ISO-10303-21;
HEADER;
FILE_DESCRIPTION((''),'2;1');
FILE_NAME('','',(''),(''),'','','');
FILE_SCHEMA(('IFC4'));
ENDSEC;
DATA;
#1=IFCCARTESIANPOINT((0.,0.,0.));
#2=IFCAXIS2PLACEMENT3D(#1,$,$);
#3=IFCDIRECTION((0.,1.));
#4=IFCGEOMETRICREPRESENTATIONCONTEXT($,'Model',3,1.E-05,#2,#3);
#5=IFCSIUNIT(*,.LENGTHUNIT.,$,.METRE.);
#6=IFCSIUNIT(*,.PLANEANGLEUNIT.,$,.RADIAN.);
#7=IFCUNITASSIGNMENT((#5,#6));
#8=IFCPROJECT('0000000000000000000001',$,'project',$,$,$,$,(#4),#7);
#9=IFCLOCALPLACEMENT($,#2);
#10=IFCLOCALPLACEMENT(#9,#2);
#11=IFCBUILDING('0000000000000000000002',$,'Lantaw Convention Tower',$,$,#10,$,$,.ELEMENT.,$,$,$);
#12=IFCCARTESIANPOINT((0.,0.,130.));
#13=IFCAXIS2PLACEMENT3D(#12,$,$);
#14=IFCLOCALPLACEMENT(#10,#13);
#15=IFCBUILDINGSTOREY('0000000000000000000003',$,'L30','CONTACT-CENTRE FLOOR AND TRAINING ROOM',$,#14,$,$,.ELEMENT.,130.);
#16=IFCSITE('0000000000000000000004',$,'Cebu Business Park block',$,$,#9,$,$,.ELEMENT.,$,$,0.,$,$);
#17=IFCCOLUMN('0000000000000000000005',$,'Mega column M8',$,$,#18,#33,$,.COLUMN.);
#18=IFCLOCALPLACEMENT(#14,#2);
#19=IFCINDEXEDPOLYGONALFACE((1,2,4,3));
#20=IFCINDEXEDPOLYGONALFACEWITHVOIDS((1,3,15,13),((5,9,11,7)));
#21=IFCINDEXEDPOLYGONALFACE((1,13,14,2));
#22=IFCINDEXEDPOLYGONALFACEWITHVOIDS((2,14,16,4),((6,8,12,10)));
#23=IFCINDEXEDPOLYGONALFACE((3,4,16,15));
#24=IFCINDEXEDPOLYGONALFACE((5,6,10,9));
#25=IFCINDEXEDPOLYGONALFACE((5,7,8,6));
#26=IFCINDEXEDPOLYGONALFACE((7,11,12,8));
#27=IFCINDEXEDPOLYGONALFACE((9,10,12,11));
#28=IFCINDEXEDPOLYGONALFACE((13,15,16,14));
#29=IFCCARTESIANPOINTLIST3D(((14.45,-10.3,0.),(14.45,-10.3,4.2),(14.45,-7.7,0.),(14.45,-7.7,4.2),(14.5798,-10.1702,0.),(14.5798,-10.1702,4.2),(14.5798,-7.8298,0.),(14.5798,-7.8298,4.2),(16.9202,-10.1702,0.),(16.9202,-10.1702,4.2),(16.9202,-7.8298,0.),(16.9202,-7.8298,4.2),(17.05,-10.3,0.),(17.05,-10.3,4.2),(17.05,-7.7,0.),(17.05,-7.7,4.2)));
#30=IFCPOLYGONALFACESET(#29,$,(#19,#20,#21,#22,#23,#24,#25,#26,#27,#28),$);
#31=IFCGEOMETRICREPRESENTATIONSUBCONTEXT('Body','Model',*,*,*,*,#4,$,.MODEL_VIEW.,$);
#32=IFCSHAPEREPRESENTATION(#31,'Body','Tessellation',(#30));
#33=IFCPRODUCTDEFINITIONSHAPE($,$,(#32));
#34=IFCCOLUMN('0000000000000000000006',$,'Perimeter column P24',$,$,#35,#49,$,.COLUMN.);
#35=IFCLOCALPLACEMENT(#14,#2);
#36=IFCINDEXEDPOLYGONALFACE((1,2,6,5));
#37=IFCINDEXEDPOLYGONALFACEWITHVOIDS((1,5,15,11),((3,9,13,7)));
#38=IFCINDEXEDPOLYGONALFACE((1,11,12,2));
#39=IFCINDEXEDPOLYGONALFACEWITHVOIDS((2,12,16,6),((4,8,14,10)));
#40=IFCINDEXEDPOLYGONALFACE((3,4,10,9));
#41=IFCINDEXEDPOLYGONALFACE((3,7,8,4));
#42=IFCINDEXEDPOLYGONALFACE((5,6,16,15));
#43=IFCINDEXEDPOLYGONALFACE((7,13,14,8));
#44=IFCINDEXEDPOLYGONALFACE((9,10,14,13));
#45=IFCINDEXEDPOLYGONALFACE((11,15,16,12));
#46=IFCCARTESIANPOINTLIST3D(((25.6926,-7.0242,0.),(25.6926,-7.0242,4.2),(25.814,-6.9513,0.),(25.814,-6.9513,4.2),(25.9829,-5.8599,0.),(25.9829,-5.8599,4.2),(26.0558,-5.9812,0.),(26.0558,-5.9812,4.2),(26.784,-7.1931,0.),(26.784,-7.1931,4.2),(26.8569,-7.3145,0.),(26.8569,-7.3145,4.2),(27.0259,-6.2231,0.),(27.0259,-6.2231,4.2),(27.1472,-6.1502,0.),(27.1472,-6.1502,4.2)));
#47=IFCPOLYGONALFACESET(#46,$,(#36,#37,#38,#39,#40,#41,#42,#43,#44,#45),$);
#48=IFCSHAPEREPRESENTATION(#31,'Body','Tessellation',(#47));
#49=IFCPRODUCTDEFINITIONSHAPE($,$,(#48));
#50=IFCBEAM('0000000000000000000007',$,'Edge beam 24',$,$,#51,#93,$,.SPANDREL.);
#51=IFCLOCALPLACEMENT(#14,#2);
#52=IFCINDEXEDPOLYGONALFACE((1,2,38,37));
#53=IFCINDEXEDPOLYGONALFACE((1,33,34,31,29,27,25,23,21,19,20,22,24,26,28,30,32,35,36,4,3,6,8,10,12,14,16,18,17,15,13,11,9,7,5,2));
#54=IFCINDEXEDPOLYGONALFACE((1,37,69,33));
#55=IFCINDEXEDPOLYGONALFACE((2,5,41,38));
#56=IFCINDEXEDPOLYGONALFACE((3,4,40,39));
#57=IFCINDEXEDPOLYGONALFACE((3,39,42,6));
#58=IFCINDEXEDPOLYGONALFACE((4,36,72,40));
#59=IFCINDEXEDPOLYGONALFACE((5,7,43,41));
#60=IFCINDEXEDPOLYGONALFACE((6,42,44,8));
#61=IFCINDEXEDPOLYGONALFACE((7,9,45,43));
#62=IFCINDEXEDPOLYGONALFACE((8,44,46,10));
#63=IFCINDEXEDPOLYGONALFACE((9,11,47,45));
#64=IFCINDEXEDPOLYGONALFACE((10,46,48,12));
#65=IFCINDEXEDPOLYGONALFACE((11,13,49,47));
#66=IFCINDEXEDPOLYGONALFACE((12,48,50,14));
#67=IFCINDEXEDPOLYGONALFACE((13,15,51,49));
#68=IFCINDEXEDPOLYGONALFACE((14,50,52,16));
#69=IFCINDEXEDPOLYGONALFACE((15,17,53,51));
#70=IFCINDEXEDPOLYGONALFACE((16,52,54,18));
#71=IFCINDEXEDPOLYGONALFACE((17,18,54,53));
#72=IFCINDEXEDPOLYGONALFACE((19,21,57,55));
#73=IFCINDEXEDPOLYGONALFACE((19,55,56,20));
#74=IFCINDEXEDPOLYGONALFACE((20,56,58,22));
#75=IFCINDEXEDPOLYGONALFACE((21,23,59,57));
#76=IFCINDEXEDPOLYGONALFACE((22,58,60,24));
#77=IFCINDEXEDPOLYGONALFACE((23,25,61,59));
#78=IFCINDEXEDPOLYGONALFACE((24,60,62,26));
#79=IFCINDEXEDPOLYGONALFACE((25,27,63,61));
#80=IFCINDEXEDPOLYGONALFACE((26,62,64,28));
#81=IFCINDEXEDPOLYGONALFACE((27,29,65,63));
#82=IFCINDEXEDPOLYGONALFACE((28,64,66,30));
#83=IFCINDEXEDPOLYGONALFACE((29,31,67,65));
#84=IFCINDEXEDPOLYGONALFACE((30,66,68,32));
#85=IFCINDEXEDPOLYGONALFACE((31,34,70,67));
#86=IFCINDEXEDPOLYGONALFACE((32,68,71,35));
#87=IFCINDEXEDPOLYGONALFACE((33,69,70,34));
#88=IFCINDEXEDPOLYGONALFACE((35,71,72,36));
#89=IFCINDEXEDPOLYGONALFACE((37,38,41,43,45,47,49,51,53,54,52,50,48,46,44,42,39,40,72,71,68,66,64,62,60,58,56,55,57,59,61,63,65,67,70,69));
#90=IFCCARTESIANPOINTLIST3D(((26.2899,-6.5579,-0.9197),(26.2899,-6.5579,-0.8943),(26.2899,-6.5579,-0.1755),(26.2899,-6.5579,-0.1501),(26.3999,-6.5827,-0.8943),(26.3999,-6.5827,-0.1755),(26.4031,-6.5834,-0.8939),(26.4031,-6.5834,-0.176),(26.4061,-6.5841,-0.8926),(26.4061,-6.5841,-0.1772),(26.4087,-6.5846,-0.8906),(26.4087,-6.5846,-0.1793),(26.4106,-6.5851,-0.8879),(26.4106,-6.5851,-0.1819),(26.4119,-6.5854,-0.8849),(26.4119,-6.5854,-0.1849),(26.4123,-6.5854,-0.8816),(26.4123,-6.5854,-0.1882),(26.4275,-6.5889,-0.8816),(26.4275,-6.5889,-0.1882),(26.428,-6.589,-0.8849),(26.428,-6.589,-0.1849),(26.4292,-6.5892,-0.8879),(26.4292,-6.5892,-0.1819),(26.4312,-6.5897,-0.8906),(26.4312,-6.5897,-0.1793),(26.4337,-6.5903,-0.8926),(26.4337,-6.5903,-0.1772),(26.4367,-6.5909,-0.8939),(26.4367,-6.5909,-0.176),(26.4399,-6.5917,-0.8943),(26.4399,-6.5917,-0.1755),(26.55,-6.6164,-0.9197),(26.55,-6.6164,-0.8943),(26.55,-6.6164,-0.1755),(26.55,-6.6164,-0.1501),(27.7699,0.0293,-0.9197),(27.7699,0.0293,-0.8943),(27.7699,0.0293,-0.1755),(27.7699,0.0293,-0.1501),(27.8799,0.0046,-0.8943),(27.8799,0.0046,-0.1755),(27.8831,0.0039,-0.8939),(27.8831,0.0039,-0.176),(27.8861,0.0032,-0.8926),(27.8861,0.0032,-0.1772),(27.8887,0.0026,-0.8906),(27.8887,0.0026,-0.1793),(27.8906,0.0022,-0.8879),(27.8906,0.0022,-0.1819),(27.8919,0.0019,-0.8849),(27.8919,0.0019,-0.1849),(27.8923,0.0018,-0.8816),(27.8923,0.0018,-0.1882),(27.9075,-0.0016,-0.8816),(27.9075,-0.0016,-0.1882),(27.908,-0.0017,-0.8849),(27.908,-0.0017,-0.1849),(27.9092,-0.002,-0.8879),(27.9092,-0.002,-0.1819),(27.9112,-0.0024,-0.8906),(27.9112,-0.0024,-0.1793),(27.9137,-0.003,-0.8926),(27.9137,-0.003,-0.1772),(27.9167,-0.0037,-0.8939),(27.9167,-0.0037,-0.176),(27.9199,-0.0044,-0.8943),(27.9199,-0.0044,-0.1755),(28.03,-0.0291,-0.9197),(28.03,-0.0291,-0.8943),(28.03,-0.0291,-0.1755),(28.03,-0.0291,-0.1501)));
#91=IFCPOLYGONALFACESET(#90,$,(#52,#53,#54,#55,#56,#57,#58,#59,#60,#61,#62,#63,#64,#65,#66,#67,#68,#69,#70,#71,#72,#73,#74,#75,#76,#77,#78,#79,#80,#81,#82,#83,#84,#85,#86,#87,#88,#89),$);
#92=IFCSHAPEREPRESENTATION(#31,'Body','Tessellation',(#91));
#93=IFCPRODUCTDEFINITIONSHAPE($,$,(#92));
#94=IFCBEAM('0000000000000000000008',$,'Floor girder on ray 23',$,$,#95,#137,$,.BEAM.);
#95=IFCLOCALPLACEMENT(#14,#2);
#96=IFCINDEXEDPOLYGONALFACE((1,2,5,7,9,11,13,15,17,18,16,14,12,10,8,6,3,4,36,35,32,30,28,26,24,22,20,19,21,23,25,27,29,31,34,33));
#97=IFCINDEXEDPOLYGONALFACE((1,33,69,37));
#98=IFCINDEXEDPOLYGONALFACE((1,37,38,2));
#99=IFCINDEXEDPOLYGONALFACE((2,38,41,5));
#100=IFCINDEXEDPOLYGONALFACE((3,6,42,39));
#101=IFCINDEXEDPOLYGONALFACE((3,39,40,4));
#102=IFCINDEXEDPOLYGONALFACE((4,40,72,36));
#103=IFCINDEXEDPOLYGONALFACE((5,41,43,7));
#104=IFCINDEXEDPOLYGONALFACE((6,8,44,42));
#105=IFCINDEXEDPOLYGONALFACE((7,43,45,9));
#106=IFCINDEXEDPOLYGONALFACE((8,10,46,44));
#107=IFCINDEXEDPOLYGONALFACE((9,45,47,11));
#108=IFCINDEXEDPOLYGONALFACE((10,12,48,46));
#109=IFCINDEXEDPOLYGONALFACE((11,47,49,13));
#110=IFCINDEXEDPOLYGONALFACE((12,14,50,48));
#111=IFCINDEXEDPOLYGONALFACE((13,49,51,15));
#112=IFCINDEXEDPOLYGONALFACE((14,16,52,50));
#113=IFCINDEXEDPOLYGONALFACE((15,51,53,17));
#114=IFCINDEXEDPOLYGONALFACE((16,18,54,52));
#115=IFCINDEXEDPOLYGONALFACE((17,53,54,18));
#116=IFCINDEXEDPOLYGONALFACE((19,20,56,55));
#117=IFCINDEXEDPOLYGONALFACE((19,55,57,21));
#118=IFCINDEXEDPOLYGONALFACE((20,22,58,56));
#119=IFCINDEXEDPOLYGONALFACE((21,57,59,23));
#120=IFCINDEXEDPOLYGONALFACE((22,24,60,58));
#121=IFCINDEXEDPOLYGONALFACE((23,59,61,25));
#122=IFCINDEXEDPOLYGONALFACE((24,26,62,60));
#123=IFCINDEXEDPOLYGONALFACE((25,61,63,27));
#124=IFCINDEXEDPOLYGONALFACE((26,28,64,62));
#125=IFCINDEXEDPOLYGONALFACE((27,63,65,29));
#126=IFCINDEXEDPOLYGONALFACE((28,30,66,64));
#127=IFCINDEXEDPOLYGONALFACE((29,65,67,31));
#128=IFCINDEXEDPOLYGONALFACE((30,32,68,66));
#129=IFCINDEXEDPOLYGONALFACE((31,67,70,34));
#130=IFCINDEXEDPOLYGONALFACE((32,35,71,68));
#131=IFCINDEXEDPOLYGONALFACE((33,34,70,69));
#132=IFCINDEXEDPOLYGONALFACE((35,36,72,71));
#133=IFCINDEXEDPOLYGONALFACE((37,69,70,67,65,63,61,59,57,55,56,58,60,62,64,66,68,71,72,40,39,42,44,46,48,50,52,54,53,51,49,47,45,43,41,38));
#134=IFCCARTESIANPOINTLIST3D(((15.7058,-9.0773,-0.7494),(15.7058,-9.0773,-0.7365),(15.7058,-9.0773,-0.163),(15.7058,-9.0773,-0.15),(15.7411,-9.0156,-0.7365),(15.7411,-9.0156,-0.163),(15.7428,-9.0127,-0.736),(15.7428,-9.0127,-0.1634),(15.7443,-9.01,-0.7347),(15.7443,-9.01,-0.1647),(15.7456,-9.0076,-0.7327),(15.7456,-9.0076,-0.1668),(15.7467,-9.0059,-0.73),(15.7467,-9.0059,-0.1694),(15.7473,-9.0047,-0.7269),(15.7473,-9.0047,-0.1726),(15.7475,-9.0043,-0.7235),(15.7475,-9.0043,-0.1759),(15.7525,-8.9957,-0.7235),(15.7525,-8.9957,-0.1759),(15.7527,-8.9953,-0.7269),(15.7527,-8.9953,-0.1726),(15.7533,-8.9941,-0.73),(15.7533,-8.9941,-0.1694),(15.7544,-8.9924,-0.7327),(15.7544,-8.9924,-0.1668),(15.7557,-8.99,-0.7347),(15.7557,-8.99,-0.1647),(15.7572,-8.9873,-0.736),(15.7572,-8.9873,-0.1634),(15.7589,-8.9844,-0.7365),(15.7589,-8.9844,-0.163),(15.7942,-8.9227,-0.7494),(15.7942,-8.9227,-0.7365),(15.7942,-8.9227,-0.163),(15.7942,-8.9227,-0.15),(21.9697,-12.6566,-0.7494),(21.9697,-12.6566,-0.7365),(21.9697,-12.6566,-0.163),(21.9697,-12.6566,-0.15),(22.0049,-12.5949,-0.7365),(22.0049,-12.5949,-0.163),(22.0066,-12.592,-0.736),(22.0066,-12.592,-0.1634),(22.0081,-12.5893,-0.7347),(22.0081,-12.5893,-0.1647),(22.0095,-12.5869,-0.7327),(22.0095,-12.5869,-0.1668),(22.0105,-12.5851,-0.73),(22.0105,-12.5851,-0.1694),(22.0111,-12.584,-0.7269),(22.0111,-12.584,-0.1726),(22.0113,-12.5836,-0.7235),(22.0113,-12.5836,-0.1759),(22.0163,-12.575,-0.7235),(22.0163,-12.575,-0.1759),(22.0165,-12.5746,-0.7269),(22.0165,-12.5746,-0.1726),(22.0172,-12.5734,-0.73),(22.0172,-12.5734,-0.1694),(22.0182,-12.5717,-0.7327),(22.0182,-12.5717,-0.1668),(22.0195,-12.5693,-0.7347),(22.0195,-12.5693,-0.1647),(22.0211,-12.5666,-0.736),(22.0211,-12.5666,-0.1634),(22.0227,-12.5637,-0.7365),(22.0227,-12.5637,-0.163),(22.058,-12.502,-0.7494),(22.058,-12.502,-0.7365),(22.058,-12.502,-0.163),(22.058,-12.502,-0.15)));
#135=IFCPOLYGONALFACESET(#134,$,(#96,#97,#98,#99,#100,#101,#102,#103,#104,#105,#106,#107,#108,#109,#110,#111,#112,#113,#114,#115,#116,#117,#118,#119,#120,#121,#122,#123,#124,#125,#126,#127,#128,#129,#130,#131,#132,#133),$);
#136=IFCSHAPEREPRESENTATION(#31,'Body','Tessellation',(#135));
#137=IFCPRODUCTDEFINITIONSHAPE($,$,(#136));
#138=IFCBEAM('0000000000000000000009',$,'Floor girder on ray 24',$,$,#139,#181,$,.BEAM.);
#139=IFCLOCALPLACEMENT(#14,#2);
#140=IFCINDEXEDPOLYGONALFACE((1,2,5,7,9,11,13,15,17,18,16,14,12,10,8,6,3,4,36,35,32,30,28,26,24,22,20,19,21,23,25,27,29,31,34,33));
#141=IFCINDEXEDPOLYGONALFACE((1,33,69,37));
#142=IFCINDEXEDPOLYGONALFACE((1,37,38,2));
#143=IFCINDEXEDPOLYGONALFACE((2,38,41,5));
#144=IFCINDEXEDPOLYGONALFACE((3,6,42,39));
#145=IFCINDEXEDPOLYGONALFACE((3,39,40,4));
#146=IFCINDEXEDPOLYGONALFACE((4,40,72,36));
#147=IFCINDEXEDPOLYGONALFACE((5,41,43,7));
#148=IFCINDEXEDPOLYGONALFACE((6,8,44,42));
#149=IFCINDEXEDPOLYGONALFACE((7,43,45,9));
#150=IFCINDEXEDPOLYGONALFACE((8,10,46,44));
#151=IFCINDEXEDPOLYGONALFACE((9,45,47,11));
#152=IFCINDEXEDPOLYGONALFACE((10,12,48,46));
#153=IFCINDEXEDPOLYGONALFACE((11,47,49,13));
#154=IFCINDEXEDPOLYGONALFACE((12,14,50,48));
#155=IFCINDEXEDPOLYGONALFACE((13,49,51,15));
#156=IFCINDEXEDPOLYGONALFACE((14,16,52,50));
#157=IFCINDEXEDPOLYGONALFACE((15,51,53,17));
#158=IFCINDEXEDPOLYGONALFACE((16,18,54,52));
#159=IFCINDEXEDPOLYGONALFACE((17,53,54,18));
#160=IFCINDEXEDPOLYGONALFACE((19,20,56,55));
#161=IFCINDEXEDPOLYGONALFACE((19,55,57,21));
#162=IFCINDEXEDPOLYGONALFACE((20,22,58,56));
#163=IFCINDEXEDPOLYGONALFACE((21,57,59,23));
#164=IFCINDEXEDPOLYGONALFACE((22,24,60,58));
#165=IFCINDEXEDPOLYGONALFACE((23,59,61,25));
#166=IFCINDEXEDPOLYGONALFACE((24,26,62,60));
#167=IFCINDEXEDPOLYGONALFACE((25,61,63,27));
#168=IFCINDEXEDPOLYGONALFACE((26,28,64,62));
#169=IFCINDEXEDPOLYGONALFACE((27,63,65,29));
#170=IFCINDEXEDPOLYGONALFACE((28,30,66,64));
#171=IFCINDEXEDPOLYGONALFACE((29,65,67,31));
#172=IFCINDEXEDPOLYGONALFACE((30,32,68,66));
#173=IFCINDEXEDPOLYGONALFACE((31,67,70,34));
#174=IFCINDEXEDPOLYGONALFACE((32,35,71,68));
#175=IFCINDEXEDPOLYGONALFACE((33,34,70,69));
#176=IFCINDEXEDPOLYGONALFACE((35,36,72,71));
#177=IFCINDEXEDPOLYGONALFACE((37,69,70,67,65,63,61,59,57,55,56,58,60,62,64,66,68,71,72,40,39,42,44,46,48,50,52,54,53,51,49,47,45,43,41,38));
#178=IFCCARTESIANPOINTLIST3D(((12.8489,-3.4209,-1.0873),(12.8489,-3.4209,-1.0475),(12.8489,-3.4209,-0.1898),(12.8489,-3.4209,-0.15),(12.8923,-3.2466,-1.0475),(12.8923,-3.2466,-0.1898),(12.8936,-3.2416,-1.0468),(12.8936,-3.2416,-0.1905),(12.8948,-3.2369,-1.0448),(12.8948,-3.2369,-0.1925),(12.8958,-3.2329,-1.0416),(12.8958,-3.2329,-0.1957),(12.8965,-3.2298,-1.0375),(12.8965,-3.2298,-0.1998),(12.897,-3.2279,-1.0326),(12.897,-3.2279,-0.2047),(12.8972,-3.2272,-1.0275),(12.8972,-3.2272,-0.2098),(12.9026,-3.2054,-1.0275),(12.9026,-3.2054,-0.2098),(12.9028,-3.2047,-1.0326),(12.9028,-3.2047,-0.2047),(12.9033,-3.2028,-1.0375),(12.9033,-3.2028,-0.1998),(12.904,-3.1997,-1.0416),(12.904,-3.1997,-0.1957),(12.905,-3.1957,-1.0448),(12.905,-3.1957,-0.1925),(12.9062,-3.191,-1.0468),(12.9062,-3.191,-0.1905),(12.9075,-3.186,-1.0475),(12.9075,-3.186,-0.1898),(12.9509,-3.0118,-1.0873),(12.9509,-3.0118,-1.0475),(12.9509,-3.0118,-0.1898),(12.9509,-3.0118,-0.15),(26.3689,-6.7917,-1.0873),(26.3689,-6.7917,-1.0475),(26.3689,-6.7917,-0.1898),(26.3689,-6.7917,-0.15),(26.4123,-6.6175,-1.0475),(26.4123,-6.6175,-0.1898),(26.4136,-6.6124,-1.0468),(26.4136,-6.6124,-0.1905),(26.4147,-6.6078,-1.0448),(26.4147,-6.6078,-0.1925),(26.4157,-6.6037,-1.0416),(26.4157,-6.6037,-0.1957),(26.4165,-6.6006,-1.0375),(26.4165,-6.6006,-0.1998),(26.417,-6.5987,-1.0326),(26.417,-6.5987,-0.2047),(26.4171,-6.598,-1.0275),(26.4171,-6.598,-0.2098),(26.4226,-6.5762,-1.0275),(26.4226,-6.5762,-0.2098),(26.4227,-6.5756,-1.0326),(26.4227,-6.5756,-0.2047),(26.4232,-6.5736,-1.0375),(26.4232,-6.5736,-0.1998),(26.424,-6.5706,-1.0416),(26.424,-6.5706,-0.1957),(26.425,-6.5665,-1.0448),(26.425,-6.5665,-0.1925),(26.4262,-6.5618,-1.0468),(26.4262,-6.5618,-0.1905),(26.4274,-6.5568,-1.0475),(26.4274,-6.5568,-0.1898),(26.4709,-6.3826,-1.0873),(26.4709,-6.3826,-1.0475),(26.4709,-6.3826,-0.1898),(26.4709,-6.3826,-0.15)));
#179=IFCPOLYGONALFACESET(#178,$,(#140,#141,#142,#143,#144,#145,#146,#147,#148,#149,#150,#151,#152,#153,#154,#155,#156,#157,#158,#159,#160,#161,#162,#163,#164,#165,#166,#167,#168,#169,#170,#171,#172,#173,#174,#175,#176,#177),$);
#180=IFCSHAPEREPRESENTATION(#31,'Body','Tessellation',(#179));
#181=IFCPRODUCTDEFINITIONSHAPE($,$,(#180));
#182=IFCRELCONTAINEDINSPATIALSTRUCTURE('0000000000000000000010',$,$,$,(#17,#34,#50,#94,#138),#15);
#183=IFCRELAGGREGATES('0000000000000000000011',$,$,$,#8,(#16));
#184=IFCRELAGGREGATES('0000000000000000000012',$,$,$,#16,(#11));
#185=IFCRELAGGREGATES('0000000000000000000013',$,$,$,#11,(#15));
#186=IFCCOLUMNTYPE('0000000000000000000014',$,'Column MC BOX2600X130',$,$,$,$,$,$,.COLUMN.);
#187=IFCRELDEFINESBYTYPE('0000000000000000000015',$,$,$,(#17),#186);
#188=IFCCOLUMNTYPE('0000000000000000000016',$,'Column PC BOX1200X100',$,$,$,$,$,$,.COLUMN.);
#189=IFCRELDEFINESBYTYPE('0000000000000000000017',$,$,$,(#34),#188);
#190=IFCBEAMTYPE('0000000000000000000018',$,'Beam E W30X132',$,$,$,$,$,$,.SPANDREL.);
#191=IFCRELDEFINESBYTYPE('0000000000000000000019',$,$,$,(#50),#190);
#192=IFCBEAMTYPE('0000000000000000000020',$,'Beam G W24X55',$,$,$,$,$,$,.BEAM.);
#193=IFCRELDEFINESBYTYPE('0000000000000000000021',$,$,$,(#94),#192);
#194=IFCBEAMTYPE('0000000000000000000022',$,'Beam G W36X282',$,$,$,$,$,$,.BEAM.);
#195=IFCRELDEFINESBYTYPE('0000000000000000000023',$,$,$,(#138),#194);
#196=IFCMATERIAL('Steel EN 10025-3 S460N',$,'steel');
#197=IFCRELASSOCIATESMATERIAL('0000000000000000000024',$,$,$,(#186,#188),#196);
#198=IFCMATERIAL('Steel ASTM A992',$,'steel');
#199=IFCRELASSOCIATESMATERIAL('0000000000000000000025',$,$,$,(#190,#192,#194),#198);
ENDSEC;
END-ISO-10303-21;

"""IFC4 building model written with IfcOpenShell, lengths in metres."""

from ifc_helpers import new_model, si_unit, direction, frame, origin, origin_2d, place, context, subcontext, project, spatial, rectangle, hollow_rectangle, i_section, extrude, material, material_profile, profile_set, type_object, element, save


model = new_model("IFC4")

# Units and contexts
model_context = context("Model", 3, precision=1e-05, world=origin(), true_north=direction((0.0, 1.0)))
body_context = subcontext(model_context, "Body", "Model", "MODEL_VIEW")
ifc_project = project(units=[si_unit("LENGTHUNIT", "METRE"), si_unit("PLANEANGLEUNIT", "RADIAN")], contexts=[model_context])

# Site, building, storey
site_placement = place(None, origin())
site = spatial("IfcSite", under=ifc_project, at=site_placement, Name="Cebu Business Park block", CompositionType="ELEMENT", RefElevation=0.0)
building_placement = place(site_placement, origin())
building = spatial("IfcBuilding", under=site, at=building_placement, Name="Lantaw Convention Tower", CompositionType="ELEMENT")
storey_placement = place(building_placement, frame((0.0, 0.0, 130.0)))
storey = spatial("IfcBuildingStorey", under=building, at=storey_placement, Name="L30", Description="CONTACT-CENTRE FLOOR AND TRAINING ROOM", CompositionType="ELEMENT", Elevation=130.0)

# Columns
ifc_material_1 = material(Name="Steel EN 10025-3 S460N", Category="steel")
ifc_material_profile_1 = material_profile(ifc_material_1, hollow_rectangle(XDim=2.6001, YDim=2.6001, WallThickness=0.1299, at=origin_2d()), Name="BOX2600X130")
ifc_material_2 = material(Name="Concrete C60/75", Category="concrete")
ifc_material_profile_2 = material_profile(ifc_material_2, rectangle(XDim=2.3401, YDim=2.3401, at=origin_2d()), Name="Concrete fill of BOX2600X130")
ifc_profile_set_1 = profile_set([ifc_material_profile_1, ifc_material_profile_2], Name="Steel EN 10025-3 S460N")
column_type_1 = type_object("IfcColumnType", Name="Column MC BOX2600X130", PredefinedType="COLUMN", material=ifc_profile_set_1)
column_1_placement = place(storey_placement, frame((15.75, -9.0, 0.0), z_axis=(0.0, 0.0, 1.0), x_axis=(1.0, 0.0, 0.0)))
element("IfcColumn", 1, at=column_1_placement, inside=storey, type_object=column_type_1, Name="Mega column M8", PredefinedType="COLUMN", context=body_context, shape_type="SweptSolid", body=[
    extrude(hollow_rectangle(XDim=2.6001, YDim=2.6001, WallThickness=0.1299, at=origin_2d()), origin(), (0.0, 0.0, 1.0), 4.2),
])
ifc_material_profile_3 = material_profile(ifc_material_1, hollow_rectangle(XDim=1.2, YDim=1.2, WallThickness=0.1001, at=origin_2d()), Name="BOX1200X100")
ifc_material_profile_4 = material_profile(ifc_material_2, rectangle(XDim=1.0, YDim=1.0, at=origin_2d()), Name="Concrete fill of BOX1200X100")
ifc_profile_set_2 = profile_set([ifc_material_profile_3, ifc_material_profile_4], Name="Steel EN 10025-3 S460N")
column_type_2 = type_object("IfcColumnType", Name="Column PC BOX1200X100", PredefinedType="COLUMN", material=ifc_profile_set_2)
column_2_placement = place(storey_placement, frame((26.4199, -6.5872, 0.0), z_axis=(0.0, 0.0, 1.0), x_axis=(0.241922, 0.970296, 0.0)))
element("IfcColumn", 2, at=column_2_placement, inside=storey, type_object=column_type_2, Name="Perimeter column P24", PredefinedType="COLUMN", context=body_context, shape_type="SweptSolid", body=[
    extrude(hollow_rectangle(XDim=1.2, YDim=1.2, WallThickness=0.1001, at=origin_2d()), origin(), (0.0, 0.0, 1.0), 4.2),
])

# Beams
ifc_material_3 = material(Name="Steel ASTM A992", Category="steel")
ifc_material_profile_5 = material_profile(ifc_material_3, i_section(OverallWidth=0.2666, OverallDepth=0.7695, WebThickness=0.0156, FlangeThickness=0.0254, FilletRadius=0.0127, at=origin_2d()), Name="W30X132")
ifc_profile_set_3 = profile_set([ifc_material_profile_5], Name="Steel ASTM A992")
beam_type_1 = type_object("IfcBeamType", Name="Beam E W30X132", PredefinedType="SPANDREL", material=ifc_profile_set_3)
beam_1_placement = place(storey_placement, frame((26.4199, -6.5872, -0.5349), z_axis=(0.219212, 0.975677, 0.0), x_axis=(-0.975677, 0.219212, 0.0)))
element("IfcBeam", 3, at=beam_1_placement, inside=storey, type_object=beam_type_1, Name="Edge beam 24", PredefinedType="SPANDREL", context=body_context, shape_type="SweptSolid", body=[
    extrude(i_section(OverallWidth=0.2666, OverallDepth=0.7695, WebThickness=0.0156, FlangeThickness=0.0254, FilletRadius=0.0127, at=origin_2d()), origin(), (0.0, 0.0, 1.0), 6.7515),
])
ifc_material_profile_6 = material_profile(ifc_material_3, i_section(OverallWidth=0.178, OverallDepth=0.5994, WebThickness=0.01, FlangeThickness=0.0129, FilletRadius=0.0129, at=origin_2d()), Name="W24X55")
ifc_profile_set_4 = profile_set([ifc_material_profile_6], Name="Steel ASTM A992")
beam_type_2 = type_object("IfcBeamType", Name="Beam G W24X55", PredefinedType="BEAM", material=ifc_profile_set_4)
beam_2_placement = place(storey_placement, frame((15.75, -9.0, -0.4497), z_axis=(0.868245, -0.496135, 0.0), x_axis=(0.496135, 0.868245, 0.0)))
element("IfcBeam", 4, at=beam_2_placement, inside=storey, type_object=beam_type_2, Name="Floor girder on ray 23", PredefinedType="BEAM", context=body_context, shape_type="SweptSolid", body=[
    extrude(i_section(OverallWidth=0.178, OverallDepth=0.5994, WebThickness=0.01, FlangeThickness=0.0129, FilletRadius=0.0129, at=origin_2d()), origin(), (0.0, 0.0, 1.0), 7.2144),
])
ifc_material_profile_7 = material_profile(ifc_material_3, i_section(OverallWidth=0.4216, OverallDepth=0.9373, WebThickness=0.0225, FlangeThickness=0.0398, FilletRadius=0.02, at=origin_2d()), Name="W36X282")
ifc_profile_set_5 = profile_set([ifc_material_profile_7], Name="Steel ASTM A992")
beam_type_3 = type_object("IfcBeamType", Name="Beam G W36X282", PredefinedType="BEAM", material=ifc_profile_set_5)
beam_3_placement = place(storey_placement, frame((12.8999, -3.2163, -0.6187), z_axis=(0.970297, -0.241917, 0.0), x_axis=(0.241917, 0.970297, 0.0)))
element("IfcBeam", 5, at=beam_3_placement, inside=storey, type_object=beam_type_3, Name="Floor girder on ray 24", PredefinedType="BEAM", context=body_context, shape_type="SweptSolid", body=[
    extrude(i_section(OverallWidth=0.4216, OverallDepth=0.9373, WebThickness=0.0225, FlangeThickness=0.0398, FilletRadius=0.02, at=origin_2d()), origin(), (0.0, 0.0, 1.0), 13.9338),
])

save(model, "model.ifc")
